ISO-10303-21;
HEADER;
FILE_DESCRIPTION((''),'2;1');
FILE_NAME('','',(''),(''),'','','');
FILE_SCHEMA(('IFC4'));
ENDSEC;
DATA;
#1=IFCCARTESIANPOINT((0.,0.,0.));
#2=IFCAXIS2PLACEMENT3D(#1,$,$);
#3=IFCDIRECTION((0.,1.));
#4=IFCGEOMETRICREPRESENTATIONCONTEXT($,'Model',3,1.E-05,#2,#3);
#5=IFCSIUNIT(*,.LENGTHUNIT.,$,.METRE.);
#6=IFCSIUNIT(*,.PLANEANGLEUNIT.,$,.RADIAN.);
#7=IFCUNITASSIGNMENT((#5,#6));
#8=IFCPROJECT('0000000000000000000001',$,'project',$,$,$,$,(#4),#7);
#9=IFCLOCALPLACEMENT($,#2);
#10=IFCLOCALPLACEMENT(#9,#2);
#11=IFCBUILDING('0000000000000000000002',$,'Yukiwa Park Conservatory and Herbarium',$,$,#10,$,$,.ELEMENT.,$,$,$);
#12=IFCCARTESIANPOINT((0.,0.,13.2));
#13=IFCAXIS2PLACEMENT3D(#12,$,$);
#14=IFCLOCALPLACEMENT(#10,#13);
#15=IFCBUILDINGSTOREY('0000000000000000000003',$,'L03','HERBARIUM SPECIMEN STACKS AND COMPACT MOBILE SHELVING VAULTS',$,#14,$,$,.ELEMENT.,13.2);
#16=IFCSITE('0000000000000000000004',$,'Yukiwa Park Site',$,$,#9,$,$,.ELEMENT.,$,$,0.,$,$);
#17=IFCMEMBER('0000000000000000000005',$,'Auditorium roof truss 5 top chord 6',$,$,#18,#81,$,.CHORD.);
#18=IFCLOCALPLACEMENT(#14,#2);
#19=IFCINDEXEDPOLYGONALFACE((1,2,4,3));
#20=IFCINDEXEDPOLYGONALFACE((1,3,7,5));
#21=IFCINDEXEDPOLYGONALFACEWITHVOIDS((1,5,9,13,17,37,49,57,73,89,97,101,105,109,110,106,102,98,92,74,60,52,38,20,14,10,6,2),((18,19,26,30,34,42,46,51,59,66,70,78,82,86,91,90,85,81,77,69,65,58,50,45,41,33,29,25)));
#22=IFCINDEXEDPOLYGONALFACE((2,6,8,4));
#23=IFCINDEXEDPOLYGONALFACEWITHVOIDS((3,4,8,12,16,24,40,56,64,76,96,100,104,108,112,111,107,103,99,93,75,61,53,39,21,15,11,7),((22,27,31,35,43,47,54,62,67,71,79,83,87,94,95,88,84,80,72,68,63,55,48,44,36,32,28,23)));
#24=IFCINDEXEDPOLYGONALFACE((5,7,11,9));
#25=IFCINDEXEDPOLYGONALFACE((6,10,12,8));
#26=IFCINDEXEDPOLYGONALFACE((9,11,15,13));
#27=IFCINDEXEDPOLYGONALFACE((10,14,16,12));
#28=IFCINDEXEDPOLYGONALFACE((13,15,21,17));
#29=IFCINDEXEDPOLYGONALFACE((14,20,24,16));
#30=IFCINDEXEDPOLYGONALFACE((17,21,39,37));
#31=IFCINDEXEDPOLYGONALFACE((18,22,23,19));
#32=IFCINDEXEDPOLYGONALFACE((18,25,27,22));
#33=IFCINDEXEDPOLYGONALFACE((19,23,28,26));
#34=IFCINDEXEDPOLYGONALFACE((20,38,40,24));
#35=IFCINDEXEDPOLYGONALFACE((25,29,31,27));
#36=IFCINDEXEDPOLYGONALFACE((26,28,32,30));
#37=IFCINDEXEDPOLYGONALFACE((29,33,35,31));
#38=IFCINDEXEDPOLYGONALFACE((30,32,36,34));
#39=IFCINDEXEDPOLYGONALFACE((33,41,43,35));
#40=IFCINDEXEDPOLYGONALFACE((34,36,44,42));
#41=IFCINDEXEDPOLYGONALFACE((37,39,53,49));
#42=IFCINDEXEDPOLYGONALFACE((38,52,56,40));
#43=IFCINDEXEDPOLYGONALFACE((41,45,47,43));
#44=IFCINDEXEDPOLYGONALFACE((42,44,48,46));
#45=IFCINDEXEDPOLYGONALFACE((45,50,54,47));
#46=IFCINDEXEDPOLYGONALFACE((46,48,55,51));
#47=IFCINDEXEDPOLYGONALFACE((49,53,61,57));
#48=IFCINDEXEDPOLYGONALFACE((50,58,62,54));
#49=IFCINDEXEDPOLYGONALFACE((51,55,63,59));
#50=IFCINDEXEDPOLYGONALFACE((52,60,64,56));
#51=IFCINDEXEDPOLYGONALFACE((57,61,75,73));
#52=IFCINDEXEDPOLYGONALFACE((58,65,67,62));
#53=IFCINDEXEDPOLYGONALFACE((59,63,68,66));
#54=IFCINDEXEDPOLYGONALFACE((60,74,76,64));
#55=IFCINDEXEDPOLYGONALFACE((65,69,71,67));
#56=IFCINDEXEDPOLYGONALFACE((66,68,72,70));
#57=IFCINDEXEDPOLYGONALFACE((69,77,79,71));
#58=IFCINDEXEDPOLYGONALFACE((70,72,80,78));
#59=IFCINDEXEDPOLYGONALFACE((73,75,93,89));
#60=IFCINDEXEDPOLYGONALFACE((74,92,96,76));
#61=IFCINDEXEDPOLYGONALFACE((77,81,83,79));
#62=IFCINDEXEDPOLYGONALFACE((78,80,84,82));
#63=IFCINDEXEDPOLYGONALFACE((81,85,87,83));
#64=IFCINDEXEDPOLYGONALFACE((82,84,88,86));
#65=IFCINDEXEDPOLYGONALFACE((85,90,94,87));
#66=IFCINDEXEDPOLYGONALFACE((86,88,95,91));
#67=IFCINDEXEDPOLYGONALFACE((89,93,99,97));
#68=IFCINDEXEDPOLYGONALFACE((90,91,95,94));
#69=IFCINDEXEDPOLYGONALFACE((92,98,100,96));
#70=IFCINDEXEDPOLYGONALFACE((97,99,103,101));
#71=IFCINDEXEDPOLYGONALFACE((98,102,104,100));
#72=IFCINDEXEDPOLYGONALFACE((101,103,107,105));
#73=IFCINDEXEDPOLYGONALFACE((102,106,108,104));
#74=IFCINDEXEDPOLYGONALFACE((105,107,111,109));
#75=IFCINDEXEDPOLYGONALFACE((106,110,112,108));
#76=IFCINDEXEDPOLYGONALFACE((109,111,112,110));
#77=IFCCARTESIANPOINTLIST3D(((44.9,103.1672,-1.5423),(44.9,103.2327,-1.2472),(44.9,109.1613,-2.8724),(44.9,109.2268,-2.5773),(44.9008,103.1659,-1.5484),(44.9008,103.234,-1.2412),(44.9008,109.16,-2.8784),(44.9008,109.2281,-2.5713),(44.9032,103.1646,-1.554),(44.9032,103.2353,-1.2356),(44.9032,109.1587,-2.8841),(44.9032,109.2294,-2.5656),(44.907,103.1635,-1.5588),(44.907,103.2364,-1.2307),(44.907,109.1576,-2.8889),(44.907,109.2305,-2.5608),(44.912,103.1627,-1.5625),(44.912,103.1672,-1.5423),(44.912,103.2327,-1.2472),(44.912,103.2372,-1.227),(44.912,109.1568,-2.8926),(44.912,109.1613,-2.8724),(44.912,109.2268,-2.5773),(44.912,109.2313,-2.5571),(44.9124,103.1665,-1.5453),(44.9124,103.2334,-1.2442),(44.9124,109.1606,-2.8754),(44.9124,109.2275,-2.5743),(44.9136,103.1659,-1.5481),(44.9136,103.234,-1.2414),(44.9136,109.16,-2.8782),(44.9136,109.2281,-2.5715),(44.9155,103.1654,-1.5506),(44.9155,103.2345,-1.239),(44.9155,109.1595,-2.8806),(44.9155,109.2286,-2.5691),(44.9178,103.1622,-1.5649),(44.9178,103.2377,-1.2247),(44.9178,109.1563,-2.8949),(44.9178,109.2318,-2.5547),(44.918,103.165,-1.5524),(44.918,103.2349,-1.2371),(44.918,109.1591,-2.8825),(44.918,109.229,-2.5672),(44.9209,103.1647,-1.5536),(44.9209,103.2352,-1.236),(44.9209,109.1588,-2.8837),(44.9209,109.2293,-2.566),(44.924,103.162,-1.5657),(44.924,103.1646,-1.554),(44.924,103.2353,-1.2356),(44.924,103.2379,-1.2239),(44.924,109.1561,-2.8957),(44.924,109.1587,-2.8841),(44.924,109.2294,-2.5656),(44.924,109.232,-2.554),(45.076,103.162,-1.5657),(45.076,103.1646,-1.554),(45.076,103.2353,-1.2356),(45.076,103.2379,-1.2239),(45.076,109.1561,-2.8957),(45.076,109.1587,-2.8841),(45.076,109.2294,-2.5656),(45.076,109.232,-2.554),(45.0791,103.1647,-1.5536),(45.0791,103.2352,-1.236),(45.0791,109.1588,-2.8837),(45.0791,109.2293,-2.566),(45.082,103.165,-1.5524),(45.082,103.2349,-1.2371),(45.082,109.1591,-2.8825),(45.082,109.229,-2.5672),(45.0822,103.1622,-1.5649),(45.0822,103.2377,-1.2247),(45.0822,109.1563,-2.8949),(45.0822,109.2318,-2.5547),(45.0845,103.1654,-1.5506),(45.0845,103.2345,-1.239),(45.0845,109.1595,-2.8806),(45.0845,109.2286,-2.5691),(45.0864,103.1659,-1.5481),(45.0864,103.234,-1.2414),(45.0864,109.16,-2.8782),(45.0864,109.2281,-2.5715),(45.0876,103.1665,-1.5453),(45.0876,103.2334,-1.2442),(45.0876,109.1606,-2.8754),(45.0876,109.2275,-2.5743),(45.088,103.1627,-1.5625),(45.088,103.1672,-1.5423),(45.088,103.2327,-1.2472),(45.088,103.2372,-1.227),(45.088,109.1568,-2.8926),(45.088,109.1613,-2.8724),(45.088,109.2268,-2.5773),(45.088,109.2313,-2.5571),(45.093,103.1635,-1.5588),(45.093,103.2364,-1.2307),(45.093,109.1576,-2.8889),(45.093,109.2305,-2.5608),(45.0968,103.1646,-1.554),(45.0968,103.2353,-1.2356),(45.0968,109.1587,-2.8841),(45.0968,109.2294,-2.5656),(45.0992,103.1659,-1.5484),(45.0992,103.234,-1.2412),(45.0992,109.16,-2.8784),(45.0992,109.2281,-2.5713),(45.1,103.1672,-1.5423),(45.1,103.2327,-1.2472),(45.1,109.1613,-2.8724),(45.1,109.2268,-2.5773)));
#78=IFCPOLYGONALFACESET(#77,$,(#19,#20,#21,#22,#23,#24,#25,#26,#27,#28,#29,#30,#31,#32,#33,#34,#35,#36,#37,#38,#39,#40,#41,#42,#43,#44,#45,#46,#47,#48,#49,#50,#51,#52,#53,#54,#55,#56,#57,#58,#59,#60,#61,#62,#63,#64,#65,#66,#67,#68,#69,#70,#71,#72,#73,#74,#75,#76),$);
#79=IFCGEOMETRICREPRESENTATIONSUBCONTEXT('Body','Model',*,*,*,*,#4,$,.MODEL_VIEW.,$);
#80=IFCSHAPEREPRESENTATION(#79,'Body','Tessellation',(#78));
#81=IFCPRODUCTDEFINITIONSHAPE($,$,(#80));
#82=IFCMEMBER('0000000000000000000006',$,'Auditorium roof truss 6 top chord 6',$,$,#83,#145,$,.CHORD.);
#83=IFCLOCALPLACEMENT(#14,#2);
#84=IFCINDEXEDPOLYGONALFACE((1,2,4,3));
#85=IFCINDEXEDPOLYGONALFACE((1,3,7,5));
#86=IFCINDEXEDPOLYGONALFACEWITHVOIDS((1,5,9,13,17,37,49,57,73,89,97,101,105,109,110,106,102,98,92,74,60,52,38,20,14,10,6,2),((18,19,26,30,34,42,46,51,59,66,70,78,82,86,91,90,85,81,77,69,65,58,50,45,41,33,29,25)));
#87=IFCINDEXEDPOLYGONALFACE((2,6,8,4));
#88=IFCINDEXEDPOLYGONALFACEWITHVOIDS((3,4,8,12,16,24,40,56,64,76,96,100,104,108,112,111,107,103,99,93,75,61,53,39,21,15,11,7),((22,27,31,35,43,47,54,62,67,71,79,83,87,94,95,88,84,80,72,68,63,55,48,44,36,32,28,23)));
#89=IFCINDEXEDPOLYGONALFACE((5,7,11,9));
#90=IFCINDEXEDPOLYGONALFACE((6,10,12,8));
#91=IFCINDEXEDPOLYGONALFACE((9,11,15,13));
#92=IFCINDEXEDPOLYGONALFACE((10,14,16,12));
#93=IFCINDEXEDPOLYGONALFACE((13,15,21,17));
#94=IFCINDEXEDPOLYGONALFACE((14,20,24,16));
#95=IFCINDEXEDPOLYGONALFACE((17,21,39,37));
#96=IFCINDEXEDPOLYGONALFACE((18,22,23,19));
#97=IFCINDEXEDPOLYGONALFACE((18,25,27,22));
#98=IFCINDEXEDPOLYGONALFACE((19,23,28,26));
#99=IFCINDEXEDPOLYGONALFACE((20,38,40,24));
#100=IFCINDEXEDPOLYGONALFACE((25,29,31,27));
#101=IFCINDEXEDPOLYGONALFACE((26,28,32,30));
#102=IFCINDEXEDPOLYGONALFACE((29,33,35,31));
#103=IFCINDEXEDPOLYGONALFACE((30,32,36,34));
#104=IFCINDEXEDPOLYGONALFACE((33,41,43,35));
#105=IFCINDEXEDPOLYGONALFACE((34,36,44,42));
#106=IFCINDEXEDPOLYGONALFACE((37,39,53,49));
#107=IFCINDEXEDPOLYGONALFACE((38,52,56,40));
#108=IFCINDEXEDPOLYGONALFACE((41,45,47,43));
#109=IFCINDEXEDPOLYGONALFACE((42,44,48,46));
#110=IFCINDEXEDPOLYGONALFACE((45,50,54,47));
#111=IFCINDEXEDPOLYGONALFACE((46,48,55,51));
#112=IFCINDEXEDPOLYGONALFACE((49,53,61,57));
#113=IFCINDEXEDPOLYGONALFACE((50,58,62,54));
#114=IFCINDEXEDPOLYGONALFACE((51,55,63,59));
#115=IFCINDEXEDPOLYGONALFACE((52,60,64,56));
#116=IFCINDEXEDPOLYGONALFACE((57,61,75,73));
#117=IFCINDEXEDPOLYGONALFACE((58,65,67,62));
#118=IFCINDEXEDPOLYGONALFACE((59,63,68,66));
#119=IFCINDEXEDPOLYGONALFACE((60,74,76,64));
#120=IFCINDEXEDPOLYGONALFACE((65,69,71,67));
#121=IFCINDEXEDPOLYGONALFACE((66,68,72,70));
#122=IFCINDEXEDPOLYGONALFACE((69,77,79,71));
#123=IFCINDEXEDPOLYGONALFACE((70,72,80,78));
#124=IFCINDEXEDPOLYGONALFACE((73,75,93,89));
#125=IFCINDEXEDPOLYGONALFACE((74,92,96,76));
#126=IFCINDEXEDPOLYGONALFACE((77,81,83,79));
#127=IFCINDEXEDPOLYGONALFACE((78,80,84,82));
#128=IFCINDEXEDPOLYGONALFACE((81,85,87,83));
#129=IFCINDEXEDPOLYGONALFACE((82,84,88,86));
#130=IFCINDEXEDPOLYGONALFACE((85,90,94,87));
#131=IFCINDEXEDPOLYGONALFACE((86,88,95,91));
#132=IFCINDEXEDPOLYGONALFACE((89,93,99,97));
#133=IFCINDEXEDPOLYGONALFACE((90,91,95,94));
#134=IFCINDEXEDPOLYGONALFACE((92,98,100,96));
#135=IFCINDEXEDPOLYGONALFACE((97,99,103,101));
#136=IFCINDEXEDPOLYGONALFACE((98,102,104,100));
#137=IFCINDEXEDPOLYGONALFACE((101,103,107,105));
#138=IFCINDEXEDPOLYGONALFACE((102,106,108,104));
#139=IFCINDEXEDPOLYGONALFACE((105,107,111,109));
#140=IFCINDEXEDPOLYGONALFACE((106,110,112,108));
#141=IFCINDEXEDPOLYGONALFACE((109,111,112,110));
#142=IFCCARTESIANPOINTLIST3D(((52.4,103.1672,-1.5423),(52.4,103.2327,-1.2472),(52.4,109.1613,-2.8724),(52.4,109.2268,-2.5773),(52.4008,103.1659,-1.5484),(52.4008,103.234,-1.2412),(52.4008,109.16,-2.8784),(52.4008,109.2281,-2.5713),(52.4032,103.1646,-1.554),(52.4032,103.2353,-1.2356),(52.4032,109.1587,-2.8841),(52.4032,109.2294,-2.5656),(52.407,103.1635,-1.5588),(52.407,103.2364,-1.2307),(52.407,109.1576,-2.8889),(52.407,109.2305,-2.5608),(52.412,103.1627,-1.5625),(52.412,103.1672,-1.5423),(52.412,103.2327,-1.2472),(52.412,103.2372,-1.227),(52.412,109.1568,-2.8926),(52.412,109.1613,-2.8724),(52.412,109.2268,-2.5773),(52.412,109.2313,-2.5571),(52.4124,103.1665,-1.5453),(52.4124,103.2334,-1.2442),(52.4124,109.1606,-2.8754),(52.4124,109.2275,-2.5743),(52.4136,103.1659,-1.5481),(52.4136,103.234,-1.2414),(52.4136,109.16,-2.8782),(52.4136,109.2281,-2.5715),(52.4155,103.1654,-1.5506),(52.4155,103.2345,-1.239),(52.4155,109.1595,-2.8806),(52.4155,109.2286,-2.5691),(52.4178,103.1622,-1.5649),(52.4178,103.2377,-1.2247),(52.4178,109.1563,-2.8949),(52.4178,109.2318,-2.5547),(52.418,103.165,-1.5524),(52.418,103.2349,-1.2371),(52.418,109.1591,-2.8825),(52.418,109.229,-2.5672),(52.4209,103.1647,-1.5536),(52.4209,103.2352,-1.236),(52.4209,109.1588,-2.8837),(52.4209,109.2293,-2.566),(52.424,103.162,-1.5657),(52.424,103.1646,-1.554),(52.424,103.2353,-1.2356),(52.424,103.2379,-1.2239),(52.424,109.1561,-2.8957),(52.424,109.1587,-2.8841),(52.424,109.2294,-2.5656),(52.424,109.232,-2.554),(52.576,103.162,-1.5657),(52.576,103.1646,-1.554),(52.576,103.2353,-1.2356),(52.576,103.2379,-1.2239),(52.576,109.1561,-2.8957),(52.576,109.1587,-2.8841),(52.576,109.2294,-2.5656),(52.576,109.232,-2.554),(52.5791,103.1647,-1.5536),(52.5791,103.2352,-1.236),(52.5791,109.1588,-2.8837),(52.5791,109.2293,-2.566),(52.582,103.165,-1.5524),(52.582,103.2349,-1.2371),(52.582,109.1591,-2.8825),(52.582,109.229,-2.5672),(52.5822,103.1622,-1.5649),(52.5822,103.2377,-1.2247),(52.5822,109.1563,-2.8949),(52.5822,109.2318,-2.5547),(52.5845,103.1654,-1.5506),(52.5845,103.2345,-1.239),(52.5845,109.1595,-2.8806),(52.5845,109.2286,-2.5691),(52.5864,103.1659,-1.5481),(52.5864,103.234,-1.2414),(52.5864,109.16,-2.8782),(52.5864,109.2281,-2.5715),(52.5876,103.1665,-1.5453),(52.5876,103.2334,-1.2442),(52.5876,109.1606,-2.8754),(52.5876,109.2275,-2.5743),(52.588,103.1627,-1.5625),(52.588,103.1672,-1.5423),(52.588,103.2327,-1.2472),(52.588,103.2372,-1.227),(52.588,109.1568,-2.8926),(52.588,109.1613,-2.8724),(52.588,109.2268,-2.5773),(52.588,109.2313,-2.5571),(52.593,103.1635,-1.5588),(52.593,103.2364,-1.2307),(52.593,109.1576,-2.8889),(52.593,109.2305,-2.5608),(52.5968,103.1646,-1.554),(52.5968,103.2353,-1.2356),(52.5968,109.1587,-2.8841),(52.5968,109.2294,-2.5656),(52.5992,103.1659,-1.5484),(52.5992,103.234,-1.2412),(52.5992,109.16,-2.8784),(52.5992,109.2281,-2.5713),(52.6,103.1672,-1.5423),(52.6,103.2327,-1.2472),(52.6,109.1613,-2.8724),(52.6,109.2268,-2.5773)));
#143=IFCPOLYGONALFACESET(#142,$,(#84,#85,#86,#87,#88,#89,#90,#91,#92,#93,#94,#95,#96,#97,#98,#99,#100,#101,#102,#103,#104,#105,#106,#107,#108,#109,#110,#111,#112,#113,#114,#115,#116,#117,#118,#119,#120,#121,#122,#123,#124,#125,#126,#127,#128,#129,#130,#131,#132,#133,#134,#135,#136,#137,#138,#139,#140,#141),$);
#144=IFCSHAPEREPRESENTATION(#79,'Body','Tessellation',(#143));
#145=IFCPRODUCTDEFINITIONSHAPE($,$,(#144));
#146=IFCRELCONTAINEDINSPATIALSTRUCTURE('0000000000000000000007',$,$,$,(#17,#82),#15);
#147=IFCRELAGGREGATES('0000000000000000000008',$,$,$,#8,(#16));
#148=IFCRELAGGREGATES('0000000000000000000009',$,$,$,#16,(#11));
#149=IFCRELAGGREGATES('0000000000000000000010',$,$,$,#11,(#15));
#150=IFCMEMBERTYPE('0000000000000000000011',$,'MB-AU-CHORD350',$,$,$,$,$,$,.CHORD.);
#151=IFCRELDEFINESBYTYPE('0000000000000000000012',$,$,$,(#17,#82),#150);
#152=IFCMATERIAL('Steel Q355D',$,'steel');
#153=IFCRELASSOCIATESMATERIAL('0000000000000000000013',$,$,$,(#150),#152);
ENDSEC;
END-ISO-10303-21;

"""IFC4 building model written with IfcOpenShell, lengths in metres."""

from ifc_helpers import new_model, si_unit, direction, frame, origin, origin_2d, place, context, subcontext, project, spatial, hollow_rectangle, extrude, material, material_profile, profile_set, type_object, element, save


model = new_model("IFC4")

# Units and contexts
model_context = context("Model", 3, precision=1e-05, world=origin(), true_north=direction((0.0, 1.0)))
body_context = subcontext(model_context, "Body", "Model", "MODEL_VIEW")
ifc_project = project(units=[si_unit("LENGTHUNIT", "METRE"), si_unit("PLANEANGLEUNIT", "RADIAN")], contexts=[model_context])

# Site, building, storey
site_placement = place(None, origin())
site = spatial("IfcSite", under=ifc_project, at=site_placement, Name="Yukiwa Park Site", CompositionType="ELEMENT", RefElevation=0.0)
building_placement = place(site_placement, origin())
building = spatial("IfcBuilding", under=site, at=building_placement, Name="Yukiwa Park Conservatory and Herbarium", CompositionType="ELEMENT")
storey_placement = place(building_placement, frame((0.0, 0.0, 13.2)))
storey = spatial("IfcBuildingStorey", under=building, at=storey_placement, Name="L03", Description="HERBARIUM SPECIMEN STACKS AND COMPACT MOBILE SHELVING VAULTS", CompositionType="ELEMENT", Elevation=13.2)

# Members
ifc_material_1 = material(Name="Steel Q355D", Category="steel")
ifc_material_profile_1 = material_profile(ifc_material_1, hollow_rectangle(XDim=0.2, YDim=0.3501, WallThickness=0.012, InnerFilletRadius=0.012, OuterFilletRadius=0.0239, at=origin_2d()), Name="RHS 350x200x12")
ifc_profile_set_1 = profile_set([ifc_material_profile_1], Name="Steel Q355D")
member_type_1 = type_object("IfcMemberType", Name="MB-AU-CHORD350", PredefinedType="CHORD", material=ifc_profile_set_1)
for number, where, z_axis, x_axis, name in (
    (1, (45.0, 103.2, -1.3948), (0.0, 0.976254, -0.216627), (-1.0, 0.0, 0.0), "Auditorium roof truss 5 top chord 6"),
    (2, (52.5, 103.2, -1.3948), (0.0, 0.976254, -0.216627), (-1.0, 0.0, 0.0), "Auditorium roof truss 6 top chord 6"),
):
    element("IfcMember", number, at=place(storey_placement, frame(where, z_axis=z_axis, x_axis=x_axis)), inside=storey, type_object=member_type_1, Name=name, PredefinedType="CHORD", context=body_context, shape_type="SweptSolid", body=[
        extrude(hollow_rectangle(XDim=0.2, YDim=0.3501, WallThickness=0.012, InnerFilletRadius=0.012, OuterFilletRadius=0.0239, at=origin_2d()), origin(), (0.0, 0.0, 1.0), 6.1399),
    ])

save(model, "model.ifc")
